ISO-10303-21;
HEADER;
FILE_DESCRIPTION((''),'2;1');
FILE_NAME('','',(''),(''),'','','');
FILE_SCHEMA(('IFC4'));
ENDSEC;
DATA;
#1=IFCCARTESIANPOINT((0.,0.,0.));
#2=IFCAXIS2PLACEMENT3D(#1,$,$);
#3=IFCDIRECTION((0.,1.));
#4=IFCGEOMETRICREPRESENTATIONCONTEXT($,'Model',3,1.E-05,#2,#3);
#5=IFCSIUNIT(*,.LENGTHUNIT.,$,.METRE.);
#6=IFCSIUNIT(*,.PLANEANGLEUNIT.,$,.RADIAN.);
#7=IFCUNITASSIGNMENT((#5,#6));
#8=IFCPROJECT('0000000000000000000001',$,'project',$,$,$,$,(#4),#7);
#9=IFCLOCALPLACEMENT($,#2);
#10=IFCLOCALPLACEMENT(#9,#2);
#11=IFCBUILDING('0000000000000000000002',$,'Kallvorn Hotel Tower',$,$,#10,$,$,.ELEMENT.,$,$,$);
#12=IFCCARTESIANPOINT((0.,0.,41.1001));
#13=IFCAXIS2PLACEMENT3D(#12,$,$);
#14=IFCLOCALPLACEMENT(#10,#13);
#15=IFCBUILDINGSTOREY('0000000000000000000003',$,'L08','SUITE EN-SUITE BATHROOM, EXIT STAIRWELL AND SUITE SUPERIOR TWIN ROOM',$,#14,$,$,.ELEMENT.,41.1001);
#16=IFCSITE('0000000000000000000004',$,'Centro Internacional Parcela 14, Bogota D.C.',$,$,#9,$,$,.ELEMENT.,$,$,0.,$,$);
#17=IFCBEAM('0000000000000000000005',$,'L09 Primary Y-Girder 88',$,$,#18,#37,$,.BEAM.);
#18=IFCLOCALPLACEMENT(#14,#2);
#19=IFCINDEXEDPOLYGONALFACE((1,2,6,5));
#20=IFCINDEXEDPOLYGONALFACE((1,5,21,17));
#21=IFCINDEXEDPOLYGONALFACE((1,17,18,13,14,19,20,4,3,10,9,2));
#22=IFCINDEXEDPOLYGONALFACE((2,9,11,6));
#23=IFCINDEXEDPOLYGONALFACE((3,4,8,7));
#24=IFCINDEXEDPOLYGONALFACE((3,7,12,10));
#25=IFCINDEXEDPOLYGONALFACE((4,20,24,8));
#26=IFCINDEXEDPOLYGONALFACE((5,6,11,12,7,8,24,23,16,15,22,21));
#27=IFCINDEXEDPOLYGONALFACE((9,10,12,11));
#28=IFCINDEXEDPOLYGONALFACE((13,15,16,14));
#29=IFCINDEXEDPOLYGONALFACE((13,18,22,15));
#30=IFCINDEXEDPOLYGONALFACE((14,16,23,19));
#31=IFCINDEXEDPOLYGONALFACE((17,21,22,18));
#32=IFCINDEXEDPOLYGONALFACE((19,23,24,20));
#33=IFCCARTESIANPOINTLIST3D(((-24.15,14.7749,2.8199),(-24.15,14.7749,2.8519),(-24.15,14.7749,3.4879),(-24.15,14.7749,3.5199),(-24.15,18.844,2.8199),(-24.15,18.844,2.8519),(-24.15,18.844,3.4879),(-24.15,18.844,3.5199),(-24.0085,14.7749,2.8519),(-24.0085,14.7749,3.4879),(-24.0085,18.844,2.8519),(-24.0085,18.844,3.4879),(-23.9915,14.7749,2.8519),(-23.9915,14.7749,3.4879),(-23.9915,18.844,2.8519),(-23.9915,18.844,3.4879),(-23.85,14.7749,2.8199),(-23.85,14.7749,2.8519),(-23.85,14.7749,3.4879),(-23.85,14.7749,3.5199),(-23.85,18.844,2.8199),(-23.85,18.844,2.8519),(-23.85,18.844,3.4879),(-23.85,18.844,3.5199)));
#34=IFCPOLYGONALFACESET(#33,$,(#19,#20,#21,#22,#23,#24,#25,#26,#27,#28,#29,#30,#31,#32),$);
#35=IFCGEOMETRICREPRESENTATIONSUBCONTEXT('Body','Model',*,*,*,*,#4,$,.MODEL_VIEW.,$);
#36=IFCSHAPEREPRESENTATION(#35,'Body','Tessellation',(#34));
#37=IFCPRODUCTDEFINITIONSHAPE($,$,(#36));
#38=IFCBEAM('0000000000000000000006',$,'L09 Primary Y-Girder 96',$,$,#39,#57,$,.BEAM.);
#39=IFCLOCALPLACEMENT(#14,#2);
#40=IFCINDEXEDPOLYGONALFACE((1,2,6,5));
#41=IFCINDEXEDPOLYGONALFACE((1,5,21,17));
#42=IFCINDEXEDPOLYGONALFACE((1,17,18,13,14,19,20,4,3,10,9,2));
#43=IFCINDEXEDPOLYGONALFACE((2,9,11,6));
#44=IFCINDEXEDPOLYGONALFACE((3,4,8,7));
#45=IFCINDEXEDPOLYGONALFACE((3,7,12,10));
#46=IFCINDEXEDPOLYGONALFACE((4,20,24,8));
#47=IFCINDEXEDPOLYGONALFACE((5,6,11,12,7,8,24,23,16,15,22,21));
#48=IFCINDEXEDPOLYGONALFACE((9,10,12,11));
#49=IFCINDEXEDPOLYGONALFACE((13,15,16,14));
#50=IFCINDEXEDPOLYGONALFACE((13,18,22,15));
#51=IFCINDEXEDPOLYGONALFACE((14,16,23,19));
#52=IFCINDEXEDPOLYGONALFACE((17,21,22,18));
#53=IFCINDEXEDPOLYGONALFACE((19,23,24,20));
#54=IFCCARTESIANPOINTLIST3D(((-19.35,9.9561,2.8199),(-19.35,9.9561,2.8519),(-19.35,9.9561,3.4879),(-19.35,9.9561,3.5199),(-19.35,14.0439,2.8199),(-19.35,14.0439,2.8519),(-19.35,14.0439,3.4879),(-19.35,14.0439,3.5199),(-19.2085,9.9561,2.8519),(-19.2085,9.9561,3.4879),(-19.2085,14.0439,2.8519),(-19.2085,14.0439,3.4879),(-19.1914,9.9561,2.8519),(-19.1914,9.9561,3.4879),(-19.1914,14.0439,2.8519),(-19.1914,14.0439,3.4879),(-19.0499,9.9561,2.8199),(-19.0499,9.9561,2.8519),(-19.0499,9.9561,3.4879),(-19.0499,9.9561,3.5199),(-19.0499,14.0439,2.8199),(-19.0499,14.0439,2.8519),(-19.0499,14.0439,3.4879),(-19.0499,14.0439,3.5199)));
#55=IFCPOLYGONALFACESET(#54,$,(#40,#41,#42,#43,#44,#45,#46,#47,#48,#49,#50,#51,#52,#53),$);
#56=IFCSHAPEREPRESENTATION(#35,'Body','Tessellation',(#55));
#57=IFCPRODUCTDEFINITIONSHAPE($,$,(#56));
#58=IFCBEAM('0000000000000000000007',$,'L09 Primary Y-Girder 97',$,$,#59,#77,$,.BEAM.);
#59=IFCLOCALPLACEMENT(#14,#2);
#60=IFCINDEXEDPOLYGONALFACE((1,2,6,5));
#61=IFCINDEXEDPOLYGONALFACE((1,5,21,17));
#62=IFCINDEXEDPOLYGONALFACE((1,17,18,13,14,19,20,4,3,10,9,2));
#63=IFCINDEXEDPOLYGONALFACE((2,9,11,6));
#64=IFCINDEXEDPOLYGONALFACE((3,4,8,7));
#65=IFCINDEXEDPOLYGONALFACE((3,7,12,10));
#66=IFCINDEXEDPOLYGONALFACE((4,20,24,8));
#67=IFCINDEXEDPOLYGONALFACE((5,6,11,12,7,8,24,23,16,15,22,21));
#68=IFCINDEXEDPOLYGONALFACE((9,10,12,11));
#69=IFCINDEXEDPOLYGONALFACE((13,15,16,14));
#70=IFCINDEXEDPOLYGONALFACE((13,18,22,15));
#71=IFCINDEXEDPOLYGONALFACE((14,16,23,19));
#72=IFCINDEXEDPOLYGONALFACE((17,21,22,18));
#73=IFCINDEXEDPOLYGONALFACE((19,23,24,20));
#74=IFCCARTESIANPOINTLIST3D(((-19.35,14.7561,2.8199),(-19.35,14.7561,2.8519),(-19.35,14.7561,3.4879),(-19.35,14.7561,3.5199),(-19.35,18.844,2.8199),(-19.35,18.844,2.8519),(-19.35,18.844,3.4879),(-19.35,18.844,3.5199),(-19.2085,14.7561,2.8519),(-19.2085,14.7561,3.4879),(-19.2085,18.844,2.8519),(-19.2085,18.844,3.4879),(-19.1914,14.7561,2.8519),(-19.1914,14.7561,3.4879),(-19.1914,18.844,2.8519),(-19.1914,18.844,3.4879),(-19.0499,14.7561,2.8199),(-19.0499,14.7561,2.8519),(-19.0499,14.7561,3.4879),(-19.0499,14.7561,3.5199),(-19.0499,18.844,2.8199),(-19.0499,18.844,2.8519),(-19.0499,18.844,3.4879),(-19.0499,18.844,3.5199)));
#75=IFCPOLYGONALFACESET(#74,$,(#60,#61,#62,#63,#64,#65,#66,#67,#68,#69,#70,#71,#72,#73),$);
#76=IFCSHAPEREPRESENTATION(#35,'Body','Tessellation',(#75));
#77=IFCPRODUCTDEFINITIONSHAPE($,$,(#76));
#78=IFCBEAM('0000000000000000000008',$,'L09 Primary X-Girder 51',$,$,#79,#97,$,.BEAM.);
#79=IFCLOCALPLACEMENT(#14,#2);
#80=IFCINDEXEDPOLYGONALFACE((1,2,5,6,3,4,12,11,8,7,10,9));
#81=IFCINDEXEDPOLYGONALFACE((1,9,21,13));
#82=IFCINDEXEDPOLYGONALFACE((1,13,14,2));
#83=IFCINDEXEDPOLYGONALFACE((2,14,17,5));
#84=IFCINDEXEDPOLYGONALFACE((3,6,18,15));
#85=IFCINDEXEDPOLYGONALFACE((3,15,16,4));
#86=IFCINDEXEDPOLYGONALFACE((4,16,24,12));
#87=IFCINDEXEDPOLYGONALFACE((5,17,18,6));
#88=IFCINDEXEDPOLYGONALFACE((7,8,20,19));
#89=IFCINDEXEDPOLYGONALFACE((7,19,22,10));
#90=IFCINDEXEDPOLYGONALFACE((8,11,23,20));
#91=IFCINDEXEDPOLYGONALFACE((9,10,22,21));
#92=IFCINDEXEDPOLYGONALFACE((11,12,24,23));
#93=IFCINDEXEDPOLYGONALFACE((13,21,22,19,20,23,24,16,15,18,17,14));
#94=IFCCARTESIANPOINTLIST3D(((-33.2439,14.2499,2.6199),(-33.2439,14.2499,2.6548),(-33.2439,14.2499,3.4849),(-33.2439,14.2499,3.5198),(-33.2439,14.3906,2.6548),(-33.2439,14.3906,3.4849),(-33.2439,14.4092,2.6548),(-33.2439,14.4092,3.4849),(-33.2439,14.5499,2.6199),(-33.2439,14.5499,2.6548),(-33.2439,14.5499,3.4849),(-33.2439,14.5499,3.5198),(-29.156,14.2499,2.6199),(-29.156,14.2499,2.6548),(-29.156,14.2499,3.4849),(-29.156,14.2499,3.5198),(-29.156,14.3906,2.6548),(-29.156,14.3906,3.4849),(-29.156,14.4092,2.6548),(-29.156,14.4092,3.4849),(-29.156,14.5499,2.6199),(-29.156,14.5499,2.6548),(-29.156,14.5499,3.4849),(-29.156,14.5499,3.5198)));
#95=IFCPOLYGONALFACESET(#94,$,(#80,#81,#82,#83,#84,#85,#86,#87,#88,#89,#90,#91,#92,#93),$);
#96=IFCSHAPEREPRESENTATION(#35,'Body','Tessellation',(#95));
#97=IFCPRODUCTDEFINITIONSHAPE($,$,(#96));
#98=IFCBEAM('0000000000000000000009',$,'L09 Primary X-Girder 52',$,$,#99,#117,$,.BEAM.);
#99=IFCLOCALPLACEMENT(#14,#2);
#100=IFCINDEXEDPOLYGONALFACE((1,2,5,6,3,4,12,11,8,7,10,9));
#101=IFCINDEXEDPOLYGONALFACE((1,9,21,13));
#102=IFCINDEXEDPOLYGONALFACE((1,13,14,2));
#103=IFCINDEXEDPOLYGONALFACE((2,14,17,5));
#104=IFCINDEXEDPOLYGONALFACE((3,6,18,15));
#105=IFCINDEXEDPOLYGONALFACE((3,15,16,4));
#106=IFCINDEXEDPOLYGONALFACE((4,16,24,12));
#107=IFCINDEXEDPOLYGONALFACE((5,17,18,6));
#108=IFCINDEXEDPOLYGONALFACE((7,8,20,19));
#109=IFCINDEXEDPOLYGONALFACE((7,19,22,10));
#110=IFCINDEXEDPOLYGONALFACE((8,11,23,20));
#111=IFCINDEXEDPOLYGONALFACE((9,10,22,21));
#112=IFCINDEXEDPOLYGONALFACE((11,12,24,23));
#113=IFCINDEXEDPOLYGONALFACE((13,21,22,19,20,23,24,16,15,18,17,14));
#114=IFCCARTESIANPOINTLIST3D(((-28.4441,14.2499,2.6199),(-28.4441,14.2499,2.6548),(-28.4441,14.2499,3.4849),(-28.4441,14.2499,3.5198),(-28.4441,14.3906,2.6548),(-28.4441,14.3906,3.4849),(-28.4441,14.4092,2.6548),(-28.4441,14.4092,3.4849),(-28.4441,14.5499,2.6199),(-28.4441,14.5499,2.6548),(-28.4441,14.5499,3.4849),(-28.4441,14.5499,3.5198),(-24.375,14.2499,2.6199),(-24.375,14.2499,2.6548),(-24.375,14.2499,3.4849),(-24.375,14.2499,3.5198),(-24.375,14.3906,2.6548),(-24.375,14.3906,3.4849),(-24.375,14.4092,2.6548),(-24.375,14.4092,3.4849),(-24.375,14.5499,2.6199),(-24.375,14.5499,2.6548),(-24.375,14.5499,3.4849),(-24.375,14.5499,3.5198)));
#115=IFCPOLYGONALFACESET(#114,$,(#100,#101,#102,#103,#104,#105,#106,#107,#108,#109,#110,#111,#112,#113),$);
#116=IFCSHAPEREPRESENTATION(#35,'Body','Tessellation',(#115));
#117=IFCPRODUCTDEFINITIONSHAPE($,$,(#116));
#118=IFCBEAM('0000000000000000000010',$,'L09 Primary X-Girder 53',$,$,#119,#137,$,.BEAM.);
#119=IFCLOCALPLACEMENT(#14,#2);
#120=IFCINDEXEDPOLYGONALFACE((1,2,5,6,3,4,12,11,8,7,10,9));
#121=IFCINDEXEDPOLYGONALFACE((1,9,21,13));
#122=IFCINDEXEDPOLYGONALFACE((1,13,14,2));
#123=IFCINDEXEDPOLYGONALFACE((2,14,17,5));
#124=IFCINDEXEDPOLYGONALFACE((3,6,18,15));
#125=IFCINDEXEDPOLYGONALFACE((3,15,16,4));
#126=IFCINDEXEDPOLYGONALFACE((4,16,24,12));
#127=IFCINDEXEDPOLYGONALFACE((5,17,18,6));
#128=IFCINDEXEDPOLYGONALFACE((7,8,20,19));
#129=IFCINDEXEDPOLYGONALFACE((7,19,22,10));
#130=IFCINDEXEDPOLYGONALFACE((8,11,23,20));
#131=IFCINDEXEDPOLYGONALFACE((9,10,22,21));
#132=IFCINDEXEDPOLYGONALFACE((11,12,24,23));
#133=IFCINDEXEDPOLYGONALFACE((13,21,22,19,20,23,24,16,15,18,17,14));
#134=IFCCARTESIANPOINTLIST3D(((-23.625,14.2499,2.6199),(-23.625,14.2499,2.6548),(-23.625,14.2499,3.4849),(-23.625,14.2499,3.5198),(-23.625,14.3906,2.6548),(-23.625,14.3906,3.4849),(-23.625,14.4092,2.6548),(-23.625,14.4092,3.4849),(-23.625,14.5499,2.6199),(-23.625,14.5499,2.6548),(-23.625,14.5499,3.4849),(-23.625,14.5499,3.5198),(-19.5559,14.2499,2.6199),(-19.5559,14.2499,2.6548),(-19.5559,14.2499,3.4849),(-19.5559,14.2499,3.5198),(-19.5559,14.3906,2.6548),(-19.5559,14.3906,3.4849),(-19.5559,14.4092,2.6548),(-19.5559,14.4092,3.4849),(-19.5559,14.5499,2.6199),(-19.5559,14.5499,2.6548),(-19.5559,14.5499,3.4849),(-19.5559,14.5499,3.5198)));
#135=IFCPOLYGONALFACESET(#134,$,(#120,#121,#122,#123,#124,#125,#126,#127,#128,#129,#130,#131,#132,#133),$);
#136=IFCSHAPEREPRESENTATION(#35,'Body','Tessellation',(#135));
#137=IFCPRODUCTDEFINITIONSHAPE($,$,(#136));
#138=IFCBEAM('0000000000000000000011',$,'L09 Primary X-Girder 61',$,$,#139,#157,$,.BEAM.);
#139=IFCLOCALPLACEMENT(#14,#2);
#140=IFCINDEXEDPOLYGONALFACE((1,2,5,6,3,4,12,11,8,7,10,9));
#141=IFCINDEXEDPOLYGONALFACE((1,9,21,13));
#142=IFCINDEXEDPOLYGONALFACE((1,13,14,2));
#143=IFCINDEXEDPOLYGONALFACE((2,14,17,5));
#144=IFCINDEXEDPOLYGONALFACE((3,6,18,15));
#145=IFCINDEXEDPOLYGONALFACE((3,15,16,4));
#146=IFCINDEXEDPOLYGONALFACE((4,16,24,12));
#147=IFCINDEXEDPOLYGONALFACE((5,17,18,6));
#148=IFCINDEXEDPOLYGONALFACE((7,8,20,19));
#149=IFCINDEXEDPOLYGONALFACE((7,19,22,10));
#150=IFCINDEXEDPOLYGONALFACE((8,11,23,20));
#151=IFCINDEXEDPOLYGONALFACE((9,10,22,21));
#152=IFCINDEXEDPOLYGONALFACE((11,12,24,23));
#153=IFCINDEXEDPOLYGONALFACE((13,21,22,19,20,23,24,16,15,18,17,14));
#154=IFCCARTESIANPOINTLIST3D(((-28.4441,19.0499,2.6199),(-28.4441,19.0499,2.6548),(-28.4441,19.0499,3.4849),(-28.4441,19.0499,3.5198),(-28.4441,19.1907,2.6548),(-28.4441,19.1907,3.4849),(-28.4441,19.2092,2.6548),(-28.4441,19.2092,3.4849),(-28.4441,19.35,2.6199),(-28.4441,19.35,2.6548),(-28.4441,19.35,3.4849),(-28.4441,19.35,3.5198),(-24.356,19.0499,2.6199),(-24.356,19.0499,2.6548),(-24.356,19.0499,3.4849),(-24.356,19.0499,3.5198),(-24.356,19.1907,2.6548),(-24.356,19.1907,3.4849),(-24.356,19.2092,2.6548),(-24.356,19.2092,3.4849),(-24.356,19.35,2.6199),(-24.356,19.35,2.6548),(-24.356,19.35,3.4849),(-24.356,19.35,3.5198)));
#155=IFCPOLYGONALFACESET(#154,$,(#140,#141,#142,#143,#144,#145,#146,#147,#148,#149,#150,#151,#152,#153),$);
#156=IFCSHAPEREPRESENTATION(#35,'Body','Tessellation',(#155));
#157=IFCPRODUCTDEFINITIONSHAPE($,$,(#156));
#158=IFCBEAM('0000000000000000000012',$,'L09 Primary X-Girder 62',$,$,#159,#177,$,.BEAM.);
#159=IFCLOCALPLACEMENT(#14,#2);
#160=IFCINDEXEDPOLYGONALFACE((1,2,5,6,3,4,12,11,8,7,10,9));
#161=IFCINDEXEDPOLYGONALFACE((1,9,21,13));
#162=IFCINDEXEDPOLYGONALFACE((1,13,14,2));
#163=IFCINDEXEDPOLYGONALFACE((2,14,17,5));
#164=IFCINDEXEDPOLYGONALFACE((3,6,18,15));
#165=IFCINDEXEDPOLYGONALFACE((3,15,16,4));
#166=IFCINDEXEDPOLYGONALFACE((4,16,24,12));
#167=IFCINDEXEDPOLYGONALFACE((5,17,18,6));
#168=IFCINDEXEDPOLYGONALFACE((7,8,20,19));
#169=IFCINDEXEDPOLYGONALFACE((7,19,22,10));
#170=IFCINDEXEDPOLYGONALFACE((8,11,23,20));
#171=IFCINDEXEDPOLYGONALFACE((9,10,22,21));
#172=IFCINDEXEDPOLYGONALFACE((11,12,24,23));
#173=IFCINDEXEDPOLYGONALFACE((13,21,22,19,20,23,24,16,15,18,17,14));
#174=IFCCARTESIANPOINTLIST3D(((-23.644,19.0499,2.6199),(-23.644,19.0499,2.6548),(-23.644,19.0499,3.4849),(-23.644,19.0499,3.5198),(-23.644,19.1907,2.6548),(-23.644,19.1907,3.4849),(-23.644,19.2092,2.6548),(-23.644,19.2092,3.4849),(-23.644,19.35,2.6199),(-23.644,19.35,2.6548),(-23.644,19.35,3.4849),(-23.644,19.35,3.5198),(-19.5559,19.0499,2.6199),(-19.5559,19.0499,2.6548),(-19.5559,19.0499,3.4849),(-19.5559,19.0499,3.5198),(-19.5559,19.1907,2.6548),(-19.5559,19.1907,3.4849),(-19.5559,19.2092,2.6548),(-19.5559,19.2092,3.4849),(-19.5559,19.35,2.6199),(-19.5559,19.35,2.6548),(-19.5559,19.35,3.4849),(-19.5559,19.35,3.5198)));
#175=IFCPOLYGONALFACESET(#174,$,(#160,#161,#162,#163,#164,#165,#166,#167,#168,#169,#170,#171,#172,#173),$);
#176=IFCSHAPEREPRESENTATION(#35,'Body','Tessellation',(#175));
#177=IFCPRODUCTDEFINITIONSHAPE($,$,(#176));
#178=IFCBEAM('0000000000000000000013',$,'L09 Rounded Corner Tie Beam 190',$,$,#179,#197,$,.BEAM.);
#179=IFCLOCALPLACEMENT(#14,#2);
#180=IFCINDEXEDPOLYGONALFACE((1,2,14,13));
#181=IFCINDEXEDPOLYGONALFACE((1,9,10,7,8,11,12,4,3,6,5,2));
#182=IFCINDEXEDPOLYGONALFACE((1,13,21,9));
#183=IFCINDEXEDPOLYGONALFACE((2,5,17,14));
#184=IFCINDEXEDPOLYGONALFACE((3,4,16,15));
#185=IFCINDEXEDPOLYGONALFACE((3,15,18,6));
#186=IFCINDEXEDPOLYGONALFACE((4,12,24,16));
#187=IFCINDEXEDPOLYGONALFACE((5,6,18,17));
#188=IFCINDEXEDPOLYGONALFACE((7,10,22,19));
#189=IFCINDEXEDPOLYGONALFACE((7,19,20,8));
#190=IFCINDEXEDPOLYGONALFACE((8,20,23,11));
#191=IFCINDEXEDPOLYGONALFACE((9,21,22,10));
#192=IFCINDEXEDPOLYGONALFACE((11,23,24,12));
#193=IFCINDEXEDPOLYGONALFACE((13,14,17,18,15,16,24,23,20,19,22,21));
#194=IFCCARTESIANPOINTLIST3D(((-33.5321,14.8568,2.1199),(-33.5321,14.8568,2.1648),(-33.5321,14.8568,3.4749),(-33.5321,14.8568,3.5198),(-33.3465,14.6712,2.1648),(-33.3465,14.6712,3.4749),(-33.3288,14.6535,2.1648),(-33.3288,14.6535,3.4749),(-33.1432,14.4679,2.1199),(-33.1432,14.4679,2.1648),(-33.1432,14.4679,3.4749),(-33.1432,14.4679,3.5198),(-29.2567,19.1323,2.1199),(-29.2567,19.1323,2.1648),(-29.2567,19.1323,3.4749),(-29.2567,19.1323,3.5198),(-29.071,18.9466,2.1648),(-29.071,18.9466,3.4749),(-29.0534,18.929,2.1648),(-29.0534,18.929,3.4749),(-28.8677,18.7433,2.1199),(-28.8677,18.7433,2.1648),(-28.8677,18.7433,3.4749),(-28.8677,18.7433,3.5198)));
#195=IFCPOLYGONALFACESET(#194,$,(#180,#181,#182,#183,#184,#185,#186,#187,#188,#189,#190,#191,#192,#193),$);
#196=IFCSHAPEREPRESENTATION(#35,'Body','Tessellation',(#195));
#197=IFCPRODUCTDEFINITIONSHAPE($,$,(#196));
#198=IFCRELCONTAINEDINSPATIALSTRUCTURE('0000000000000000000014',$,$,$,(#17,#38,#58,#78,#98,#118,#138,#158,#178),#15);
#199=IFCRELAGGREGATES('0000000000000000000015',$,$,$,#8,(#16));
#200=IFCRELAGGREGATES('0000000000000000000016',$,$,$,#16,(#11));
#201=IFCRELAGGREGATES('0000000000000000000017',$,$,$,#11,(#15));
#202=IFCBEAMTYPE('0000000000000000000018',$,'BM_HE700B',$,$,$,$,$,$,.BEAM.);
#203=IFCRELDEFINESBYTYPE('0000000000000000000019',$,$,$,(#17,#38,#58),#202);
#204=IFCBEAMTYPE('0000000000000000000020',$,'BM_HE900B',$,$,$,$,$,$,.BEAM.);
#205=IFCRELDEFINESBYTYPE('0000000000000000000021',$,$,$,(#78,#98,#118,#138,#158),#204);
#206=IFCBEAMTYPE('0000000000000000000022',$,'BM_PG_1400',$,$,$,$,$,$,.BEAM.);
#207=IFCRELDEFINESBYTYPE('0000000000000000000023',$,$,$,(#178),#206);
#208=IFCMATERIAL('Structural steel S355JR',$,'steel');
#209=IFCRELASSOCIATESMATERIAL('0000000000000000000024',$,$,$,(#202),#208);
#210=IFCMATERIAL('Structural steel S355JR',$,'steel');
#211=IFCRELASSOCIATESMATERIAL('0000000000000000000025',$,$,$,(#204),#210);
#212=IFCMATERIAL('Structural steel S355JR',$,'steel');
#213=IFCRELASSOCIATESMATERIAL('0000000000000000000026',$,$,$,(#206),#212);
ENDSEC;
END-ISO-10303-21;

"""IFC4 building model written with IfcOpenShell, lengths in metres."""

from ifc_helpers import new_model, si_unit, direction, frame, origin, origin_2d, place, context, subcontext, project, spatial, i_section, extrude, material, material_profile, profile_set, type_object, element, save


model = new_model("IFC4")

# Units and contexts
model_context = context("Model", 3, precision=1e-05, world=origin(), true_north=direction((0.0, 1.0)))
body_context = subcontext(model_context, "Body", "Model", "MODEL_VIEW")
ifc_project = project(units=[si_unit("LENGTHUNIT", "METRE"), si_unit("PLANEANGLEUNIT", "RADIAN")], contexts=[model_context])

# Site, building, storey
site_placement = place(None, origin())
site = spatial("IfcSite", under=ifc_project, at=site_placement, Name="Centro Internacional Parcela 14, Bogota D.C.", CompositionType="ELEMENT", RefElevation=0.0)
building_placement = place(site_placement, origin())
building = spatial("IfcBuilding", under=site, at=building_placement, Name="Kallvorn Hotel Tower", CompositionType="ELEMENT")
storey_placement = place(building_placement, frame((0.0, 0.0, 41.1001)))
storey = spatial("IfcBuildingStorey", under=building, at=storey_placement, Name="L08", Description="SUITE EN-SUITE BATHROOM, EXIT STAIRWELL AND SUITE SUPERIOR TWIN ROOM", CompositionType="ELEMENT", Elevation=41.1001)

# Beams
ifc_material_1 = material(Name="Structural steel S355JR", Category="steel")
ifc_material_profile_1 = material_profile(ifc_material_1, i_section(OverallWidth=0.3, OverallDepth=0.7, WebThickness=0.0171, FlangeThickness=0.032, at=origin_2d()), Name="HE 700 B")
ifc_profile_set_1 = profile_set([ifc_material_profile_1], Name="Structural steel S355JR")
beam_type_1 = type_object("IfcBeamType", Name="BM_HE700B", PredefinedType="BEAM", material=ifc_profile_set_1)
beam_1_placement = place(storey_placement, frame((-24.0, 14.7749, 3.1699), z_axis=(0.0, 1.0, 0.0), x_axis=(-1.0, 0.0, 0.0)))
element("IfcBeam", 1, at=beam_1_placement, inside=storey, type_object=beam_type_1, Name="L09 Primary Y-Girder 88", PredefinedType="BEAM", context=body_context, shape_type="SweptSolid", body=[
    extrude(i_section(OverallWidth=0.3, OverallDepth=0.7, WebThickness=0.0171, FlangeThickness=0.032, at=origin_2d()), origin(), (0.0, 0.0, 1.0), 4.0691),
])
for number, where, z_axis, x_axis, name in (
    (2, (-19.2, 9.9561, 3.1699), (0.0, 1.0, 0.0), (-1.0, 0.0, 0.0), "L09 Primary Y-Girder 96"),
    (3, (-19.2, 14.7561, 3.1699), (0.0, 1.0, 0.0), (-1.0, 0.0, 0.0), "L09 Primary Y-Girder 97"),
):
    element("IfcBeam", number, at=place(storey_placement, frame(where, z_axis=z_axis, x_axis=x_axis)), inside=storey, type_object=beam_type_1, Name=name, PredefinedType="BEAM", context=body_context, shape_type="SweptSolid", body=[
        extrude(i_section(OverallWidth=0.3, OverallDepth=0.7, WebThickness=0.0171, FlangeThickness=0.032, at=origin_2d()), origin(), (0.0, 0.0, 1.0), 4.0879),
    ])
ifc_material_2 = material(Name="Structural steel S355JR", Category="steel")
ifc_material_profile_2 = material_profile(ifc_material_2, i_section(OverallWidth=0.3, OverallDepth=0.8999, WebThickness=0.0186, FlangeThickness=0.0349, at=origin_2d()), Name="HE 900 B")
ifc_profile_set_2 = profile_set([ifc_material_profile_2], Name="Structural steel S355JR")
beam_type_2 = type_object("IfcBeamType", Name="BM_HE900B", PredefinedType="BEAM", material=ifc_profile_set_2)
beam_2_placement = place(storey_placement, frame((-33.2439, 14.3999, 3.0698), z_axis=(1.0, 0.0, 0.0), x_axis=(0.0, 1.0, 0.0)))
element("IfcBeam", 4, at=beam_2_placement, inside=storey, type_object=beam_type_2, Name="L09 Primary X-Girder 51", PredefinedType="BEAM", context=body_context, shape_type="SweptSolid", body=[
    extrude(i_section(OverallWidth=0.3, OverallDepth=0.8999, WebThickness=0.0186, FlangeThickness=0.0349, at=origin_2d()), origin(), (0.0, 0.0, 1.0), 4.0879),
])
for number, where, z_axis, x_axis, name in (
    (5, (-28.4441, 14.3999, 3.0698), (1.0, 0.0, 0.0), (0.0, 1.0, 0.0), "L09 Primary X-Girder 52"),
    (6, (-23.625, 14.3999, 3.0698), (1.0, 0.0, 0.0), (0.0, 1.0, 0.0), "L09 Primary X-Girder 53"),
):
    element("IfcBeam", number, at=place(storey_placement, frame(where, z_axis=z_axis, x_axis=x_axis)), inside=storey, type_object=beam_type_2, Name=name, PredefinedType="BEAM", context=body_context, shape_type="SweptSolid", body=[
        extrude(i_section(OverallWidth=0.3, OverallDepth=0.8999, WebThickness=0.0186, FlangeThickness=0.0349, at=origin_2d()), origin(), (0.0, 0.0, 1.0), 4.0691),
    ])
for number, where, z_axis, x_axis, name in (
    (7, (-28.4441, 19.2, 3.0698), (1.0, 0.0, 0.0), (0.0, 1.0, 0.0), "L09 Primary X-Girder 61"),
    (8, (-23.644, 19.2, 3.0698), (1.0, 0.0, 0.0), (0.0, 1.0, 0.0), "L09 Primary X-Girder 62"),
):
    element("IfcBeam", number, at=place(storey_placement, frame(where, z_axis=z_axis, x_axis=x_axis)), inside=storey, type_object=beam_type_2, Name=name, PredefinedType="BEAM", context=body_context, shape_type="SweptSolid", body=[
        extrude(i_section(OverallWidth=0.3, OverallDepth=0.8999, WebThickness=0.0186, FlangeThickness=0.0349, at=origin_2d()), origin(), (0.0, 0.0, 1.0), 4.0881),
    ])
ifc_material_3 = material(Name="Structural steel S355JR", Category="steel")
ifc_material_profile_3 = material_profile(ifc_material_3, i_section(OverallWidth=0.55, OverallDepth=1.3999, WebThickness=0.0249, FlangeThickness=0.0449, at=origin_2d()), Name="PG 1400x550x25x45")
ifc_profile_set_3 = profile_set([ifc_material_profile_3], Name="Structural steel S355JR")
beam_type_3 = type_object("IfcBeamType", Name="BM_PG_1400", PredefinedType="BEAM", material=ifc_profile_set_3)
beam_3_placement = place(storey_placement, frame((-33.3376, 14.6624, 2.8198), z_axis=(0.707107, 0.707107, 0.0), x_axis=(-0.707107, 0.707107, 0.0)))
element("IfcBeam", 9, at=beam_3_placement, inside=storey, type_object=beam_type_3, Name="L09 Rounded Corner Tie Beam 190", PredefinedType="BEAM", context=body_context, shape_type="SweptSolid", body=[
    extrude(i_section(OverallWidth=0.55, OverallDepth=1.3999, WebThickness=0.0249, FlangeThickness=0.0449, at=origin_2d()), origin(), (0.0, 0.0, 1.0), 6.0464),
])

save(model, "model.ifc")
